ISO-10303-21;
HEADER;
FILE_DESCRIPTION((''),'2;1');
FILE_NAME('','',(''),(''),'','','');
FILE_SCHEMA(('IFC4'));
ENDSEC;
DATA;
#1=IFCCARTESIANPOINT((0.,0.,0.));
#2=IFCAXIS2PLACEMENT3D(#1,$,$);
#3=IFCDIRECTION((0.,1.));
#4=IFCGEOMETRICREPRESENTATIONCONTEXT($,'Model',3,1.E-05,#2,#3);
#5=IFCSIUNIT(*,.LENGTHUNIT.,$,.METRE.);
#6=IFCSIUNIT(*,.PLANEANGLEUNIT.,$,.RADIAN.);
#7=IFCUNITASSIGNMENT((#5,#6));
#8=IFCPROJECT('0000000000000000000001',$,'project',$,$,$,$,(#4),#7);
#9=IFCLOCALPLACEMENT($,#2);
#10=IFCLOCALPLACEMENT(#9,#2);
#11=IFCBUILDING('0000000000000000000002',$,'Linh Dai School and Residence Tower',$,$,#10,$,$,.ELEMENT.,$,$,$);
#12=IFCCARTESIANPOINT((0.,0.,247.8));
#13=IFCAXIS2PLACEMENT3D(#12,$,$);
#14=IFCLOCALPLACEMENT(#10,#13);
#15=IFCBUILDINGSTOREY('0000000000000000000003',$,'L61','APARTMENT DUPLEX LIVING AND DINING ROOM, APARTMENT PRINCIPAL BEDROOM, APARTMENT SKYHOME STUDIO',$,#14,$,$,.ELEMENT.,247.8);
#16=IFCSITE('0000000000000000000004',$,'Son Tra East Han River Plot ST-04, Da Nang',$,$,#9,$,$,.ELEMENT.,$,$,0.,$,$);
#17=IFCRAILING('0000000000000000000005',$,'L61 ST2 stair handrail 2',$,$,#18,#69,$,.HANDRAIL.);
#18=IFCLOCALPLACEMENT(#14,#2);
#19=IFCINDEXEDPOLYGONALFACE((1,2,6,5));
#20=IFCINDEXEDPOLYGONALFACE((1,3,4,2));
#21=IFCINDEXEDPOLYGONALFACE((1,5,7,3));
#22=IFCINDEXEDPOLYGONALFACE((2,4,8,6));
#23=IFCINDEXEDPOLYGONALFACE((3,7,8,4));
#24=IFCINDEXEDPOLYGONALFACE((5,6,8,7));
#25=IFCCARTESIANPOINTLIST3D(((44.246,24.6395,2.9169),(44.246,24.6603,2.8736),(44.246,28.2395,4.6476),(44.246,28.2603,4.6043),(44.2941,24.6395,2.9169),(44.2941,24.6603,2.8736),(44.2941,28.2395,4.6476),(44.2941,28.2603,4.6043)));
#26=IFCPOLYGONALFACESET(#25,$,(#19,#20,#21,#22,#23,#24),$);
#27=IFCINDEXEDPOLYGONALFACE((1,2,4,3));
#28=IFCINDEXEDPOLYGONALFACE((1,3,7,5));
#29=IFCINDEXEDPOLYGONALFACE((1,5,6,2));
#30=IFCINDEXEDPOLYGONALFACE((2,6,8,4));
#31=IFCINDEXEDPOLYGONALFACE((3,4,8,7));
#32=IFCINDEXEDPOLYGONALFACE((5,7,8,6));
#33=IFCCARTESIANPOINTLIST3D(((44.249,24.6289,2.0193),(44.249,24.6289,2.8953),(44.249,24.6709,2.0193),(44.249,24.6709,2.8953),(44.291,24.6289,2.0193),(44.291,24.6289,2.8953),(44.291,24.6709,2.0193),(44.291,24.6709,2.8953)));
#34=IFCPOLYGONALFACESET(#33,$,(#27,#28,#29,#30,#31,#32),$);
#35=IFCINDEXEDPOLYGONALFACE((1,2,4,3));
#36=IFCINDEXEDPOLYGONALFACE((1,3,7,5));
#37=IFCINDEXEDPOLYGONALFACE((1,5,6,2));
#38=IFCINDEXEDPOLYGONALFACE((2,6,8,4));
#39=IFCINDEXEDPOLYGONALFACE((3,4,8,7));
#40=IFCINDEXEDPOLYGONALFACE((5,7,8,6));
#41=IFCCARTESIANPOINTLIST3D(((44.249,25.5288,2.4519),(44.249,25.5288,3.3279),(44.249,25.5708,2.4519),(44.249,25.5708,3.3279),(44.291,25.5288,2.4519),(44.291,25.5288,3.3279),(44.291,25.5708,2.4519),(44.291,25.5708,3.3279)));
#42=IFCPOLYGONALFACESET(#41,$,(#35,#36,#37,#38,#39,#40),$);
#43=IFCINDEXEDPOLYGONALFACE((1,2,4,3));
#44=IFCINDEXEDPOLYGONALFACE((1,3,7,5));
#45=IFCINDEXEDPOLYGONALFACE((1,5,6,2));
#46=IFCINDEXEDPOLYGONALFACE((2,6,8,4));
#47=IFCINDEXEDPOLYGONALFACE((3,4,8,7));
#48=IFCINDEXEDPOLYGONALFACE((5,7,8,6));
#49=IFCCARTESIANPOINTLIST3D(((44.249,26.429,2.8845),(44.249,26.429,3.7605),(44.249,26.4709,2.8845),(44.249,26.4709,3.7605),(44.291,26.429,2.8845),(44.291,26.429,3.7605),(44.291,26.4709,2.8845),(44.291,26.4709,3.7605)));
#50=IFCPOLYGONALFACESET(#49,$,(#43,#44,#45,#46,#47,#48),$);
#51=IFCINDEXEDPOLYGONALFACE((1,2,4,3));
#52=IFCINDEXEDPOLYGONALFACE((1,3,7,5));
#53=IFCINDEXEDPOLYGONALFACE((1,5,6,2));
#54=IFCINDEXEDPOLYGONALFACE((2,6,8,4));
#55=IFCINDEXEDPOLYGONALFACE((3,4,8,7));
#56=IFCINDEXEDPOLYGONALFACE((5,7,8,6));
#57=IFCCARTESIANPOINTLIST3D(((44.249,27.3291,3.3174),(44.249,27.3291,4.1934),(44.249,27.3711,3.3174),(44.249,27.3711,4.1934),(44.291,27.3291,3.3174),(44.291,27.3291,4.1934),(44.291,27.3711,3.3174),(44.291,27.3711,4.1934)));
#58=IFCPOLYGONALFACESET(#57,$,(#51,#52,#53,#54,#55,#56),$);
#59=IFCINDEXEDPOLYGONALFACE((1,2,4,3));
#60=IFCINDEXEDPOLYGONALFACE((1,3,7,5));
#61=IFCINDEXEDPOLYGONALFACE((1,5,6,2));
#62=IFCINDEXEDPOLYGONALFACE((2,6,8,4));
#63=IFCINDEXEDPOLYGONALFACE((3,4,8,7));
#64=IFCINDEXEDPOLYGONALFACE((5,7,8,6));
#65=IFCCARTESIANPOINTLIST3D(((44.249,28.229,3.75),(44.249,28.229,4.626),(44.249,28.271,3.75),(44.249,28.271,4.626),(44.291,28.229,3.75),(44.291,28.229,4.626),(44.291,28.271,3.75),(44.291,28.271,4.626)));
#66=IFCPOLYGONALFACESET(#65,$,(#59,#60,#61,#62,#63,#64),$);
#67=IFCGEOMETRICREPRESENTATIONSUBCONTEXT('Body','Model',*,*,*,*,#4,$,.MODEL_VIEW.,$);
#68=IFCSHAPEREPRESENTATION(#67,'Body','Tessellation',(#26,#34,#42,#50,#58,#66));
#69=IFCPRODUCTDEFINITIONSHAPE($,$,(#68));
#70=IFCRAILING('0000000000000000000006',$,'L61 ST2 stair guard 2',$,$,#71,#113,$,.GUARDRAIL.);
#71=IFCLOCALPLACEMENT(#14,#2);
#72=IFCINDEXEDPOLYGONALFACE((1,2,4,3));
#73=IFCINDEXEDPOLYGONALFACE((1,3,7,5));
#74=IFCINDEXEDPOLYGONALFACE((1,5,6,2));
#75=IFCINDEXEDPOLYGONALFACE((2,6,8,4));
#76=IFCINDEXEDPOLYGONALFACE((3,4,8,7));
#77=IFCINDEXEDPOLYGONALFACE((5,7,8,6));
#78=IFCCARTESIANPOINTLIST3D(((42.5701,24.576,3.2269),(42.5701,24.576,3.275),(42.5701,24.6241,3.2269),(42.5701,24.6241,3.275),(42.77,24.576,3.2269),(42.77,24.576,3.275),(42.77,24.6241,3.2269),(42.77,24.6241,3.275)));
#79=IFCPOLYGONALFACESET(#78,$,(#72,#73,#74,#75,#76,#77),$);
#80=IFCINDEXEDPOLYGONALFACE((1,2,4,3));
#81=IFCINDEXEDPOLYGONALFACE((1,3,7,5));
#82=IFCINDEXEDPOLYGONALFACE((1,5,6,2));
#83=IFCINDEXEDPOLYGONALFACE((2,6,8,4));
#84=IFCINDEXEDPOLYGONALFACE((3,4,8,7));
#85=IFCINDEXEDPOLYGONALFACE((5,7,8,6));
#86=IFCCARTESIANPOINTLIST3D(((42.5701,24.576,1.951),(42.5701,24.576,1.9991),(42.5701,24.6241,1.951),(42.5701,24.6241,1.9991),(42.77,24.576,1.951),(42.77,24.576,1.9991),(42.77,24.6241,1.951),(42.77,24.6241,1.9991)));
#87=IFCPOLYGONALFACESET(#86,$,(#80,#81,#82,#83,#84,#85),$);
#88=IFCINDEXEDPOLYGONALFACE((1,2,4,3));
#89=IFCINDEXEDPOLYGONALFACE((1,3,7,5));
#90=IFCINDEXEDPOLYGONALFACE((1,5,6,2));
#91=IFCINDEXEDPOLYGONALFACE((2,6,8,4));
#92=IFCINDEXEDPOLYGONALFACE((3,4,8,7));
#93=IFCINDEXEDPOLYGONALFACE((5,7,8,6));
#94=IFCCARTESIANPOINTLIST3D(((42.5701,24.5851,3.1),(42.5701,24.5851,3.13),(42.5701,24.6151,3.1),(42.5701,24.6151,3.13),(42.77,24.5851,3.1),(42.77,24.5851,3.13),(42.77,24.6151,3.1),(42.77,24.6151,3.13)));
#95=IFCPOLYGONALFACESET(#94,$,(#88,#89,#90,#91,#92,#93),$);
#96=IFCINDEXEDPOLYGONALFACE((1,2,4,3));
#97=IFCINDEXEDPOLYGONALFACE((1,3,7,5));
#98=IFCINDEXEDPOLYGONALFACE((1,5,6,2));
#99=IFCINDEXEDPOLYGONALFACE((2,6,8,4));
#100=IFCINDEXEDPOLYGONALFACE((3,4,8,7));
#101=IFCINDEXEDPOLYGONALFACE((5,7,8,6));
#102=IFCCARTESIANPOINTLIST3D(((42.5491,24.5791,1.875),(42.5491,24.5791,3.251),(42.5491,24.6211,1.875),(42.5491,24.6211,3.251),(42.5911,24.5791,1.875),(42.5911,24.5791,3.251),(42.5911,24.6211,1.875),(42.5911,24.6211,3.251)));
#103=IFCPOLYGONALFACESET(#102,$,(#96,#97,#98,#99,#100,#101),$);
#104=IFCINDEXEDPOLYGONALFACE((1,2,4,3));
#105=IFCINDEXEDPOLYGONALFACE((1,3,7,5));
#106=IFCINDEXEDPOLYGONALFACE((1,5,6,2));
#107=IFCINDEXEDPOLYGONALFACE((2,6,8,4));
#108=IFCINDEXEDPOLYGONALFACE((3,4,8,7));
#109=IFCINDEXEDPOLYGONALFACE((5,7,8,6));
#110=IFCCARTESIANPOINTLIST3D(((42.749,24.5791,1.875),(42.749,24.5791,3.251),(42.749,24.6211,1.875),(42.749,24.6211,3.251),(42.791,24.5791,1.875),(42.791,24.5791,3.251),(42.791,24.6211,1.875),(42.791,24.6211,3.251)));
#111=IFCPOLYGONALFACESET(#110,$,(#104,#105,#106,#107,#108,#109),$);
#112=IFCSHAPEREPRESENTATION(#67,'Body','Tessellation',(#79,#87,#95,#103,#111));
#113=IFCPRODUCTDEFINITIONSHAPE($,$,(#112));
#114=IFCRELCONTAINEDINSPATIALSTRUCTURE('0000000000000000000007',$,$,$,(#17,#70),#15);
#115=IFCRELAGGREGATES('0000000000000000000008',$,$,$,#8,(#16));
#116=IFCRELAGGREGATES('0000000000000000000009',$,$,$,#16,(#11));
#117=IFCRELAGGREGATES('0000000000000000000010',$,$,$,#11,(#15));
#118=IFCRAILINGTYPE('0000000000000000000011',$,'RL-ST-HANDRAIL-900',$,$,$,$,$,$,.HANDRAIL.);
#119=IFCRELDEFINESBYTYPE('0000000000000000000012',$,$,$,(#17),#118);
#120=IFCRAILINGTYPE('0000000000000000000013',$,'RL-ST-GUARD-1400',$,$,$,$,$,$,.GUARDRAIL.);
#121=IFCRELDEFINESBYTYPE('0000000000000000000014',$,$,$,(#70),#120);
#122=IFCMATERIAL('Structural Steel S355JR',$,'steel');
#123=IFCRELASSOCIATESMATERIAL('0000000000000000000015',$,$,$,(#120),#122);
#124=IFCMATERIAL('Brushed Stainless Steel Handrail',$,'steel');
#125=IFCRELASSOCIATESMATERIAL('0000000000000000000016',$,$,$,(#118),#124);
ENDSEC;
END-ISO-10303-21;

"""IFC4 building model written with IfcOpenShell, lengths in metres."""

from ifc_helpers import new_model, si_unit, direction, frame, origin, origin_2d, place, context, subcontext, project, spatial, rectangle, extrude, source, transform, mapped, material, type_object, element, save


model = new_model("IFC4")

# Units and contexts
model_context = context("Model", 3, precision=1e-05, world=origin(), true_north=direction((0.0, 1.0)))
body_context = subcontext(model_context, "Body", "Model", "MODEL_VIEW")
ifc_project = project(units=[si_unit("LENGTHUNIT", "METRE"), si_unit("PLANEANGLEUNIT", "RADIAN")], contexts=[model_context])

# Site, building, storey
site_placement = place(None, origin())
site = spatial("IfcSite", under=ifc_project, at=site_placement, Name="Son Tra East Han River Plot ST-04, Da Nang", CompositionType="ELEMENT", RefElevation=0.0)
building_placement = place(site_placement, origin())
building = spatial("IfcBuilding", under=site, at=building_placement, Name="Linh Dai School and Residence Tower", CompositionType="ELEMENT")
storey_placement = place(building_placement, frame((0.0, 0.0, 247.8)))
storey = spatial("IfcBuildingStorey", under=building, at=storey_placement, Name="L61", Description="APARTMENT DUPLEX LIVING AND DINING ROOM, APARTMENT PRINCIPAL BEDROOM, APARTMENT SKYHOME STUDIO", CompositionType="ELEMENT", Elevation=247.8)

# Shared definitions
ifc_material_1 = material(Name="Structural Steel S355JR", Category="steel")

# Railings
railing_type_1 = type_object("IfcRailingType", Name="RL-ST-GUARD-1400", PredefinedType="GUARDRAIL", material=ifc_material_1)
ifc_material_2 = material(Name="Brushed Stainless Steel Handrail", Category="steel")
railing_type_2 = type_object("IfcRailingType", Name="RL-ST-HANDRAIL-900", PredefinedType="HANDRAIL", material=ifc_material_2)
shared_shape_1 = source(origin(), body_context, "Body", "SweptSolid", [
    extrude(rectangle(XDim=0.0481, YDim=0.0481, at=origin_2d()), frame((0.0, 0.0, 0.876), z_axis=(0.0, 0.901263, 0.433273), x_axis=(-1.0, 0.0, 0.0)), (0.0, 0.0, 1.0), 3.9944),
    extrude(rectangle(XDim=0.042, YDim=0.042, at=origin_2d()), origin(), (0.0, 0.0, 1.0), 0.876),
    extrude(rectangle(XDim=0.042, YDim=0.042, at=origin_2d()), frame((0.0, 0.8999, 0.4326)), (0.0, 0.0, 1.0), 0.876),
    extrude(rectangle(XDim=0.042, YDim=0.042, at=origin_2d()), frame((0.0, 1.8, 0.8652)), (0.0, 0.0, 1.0), 0.876),
    extrude(rectangle(XDim=0.042, YDim=0.042, at=origin_2d()), frame((0.0, 2.7002, 1.2981)), (0.0, 0.0, 1.0), 0.876),
    extrude(rectangle(XDim=0.042, YDim=0.042, at=origin_2d()), frame((0.0, 3.6001, 1.7307)), (0.0, 0.0, 1.0), 0.876),
])
railing_1_placement = place(storey_placement, frame((44.27, 24.6499, 2.0193)))
element("IfcRailing", 1, at=railing_1_placement, inside=storey, type_object=railing_type_2, Name="L61 ST2 stair handrail 2", PredefinedType="HANDRAIL", context=body_context, shape_type="MappedRepresentation", body=[
    mapped(shared_shape_1, transform((0.0, 0.0, 0.0), x_axis=(1.0, 0.0, 0.0), y_axis=(0.0, 1.0, 0.0), z_axis=(0.0, 0.0, 1.0), scale=1.0)),
])
shared_shape_2 = source(origin(), body_context, "Body", "SweptSolid", [
    extrude(rectangle(XDim=0.0481, YDim=0.0481, at=origin_2d()), frame((0.0, 0.0, 1.376), z_axis=(1.0, 0.0, 0.0), x_axis=(0.0, 1.0, 0.0)), (0.0, 0.0, 1.0), 0.2),
    extrude(rectangle(XDim=0.0481, YDim=0.0481, at=origin_2d()), frame((0.0, 0.0, 0.1001), z_axis=(1.0, 0.0, 0.0), x_axis=(0.0, 1.0, 0.0)), (0.0, 0.0, 1.0), 0.2),
    extrude(rectangle(XDim=0.03, YDim=0.03, at=origin_2d()), frame((0.0, 0.0, 1.24), z_axis=(1.0, 0.0, 0.0), x_axis=(0.0, 1.0, 0.0)), (0.0, 0.0, 1.0), 0.2),
    extrude(rectangle(XDim=0.042, YDim=0.042, at=origin_2d()), origin(), (0.0, 0.0, 1.0), 1.376),
    extrude(rectangle(XDim=0.042, YDim=0.042, at=origin_2d()), frame((0.2, 0.0, 0.0)), (0.0, 0.0, 1.0), 1.376),
])
railing_2_placement = place(storey_placement, frame((42.5701, 24.6001, 1.875)))
element("IfcRailing", 2, at=railing_2_placement, inside=storey, type_object=railing_type_1, Name="L61 ST2 stair guard 2", PredefinedType="GUARDRAIL", context=body_context, shape_type="MappedRepresentation", body=[
    mapped(shared_shape_2, transform((0.0, 0.0, 0.0), x_axis=(1.0, 0.0, 0.0), y_axis=(0.0, 1.0, 0.0), z_axis=(0.0, 0.0, 1.0), scale=1.0)),
])

save(model, "model.ifc")
